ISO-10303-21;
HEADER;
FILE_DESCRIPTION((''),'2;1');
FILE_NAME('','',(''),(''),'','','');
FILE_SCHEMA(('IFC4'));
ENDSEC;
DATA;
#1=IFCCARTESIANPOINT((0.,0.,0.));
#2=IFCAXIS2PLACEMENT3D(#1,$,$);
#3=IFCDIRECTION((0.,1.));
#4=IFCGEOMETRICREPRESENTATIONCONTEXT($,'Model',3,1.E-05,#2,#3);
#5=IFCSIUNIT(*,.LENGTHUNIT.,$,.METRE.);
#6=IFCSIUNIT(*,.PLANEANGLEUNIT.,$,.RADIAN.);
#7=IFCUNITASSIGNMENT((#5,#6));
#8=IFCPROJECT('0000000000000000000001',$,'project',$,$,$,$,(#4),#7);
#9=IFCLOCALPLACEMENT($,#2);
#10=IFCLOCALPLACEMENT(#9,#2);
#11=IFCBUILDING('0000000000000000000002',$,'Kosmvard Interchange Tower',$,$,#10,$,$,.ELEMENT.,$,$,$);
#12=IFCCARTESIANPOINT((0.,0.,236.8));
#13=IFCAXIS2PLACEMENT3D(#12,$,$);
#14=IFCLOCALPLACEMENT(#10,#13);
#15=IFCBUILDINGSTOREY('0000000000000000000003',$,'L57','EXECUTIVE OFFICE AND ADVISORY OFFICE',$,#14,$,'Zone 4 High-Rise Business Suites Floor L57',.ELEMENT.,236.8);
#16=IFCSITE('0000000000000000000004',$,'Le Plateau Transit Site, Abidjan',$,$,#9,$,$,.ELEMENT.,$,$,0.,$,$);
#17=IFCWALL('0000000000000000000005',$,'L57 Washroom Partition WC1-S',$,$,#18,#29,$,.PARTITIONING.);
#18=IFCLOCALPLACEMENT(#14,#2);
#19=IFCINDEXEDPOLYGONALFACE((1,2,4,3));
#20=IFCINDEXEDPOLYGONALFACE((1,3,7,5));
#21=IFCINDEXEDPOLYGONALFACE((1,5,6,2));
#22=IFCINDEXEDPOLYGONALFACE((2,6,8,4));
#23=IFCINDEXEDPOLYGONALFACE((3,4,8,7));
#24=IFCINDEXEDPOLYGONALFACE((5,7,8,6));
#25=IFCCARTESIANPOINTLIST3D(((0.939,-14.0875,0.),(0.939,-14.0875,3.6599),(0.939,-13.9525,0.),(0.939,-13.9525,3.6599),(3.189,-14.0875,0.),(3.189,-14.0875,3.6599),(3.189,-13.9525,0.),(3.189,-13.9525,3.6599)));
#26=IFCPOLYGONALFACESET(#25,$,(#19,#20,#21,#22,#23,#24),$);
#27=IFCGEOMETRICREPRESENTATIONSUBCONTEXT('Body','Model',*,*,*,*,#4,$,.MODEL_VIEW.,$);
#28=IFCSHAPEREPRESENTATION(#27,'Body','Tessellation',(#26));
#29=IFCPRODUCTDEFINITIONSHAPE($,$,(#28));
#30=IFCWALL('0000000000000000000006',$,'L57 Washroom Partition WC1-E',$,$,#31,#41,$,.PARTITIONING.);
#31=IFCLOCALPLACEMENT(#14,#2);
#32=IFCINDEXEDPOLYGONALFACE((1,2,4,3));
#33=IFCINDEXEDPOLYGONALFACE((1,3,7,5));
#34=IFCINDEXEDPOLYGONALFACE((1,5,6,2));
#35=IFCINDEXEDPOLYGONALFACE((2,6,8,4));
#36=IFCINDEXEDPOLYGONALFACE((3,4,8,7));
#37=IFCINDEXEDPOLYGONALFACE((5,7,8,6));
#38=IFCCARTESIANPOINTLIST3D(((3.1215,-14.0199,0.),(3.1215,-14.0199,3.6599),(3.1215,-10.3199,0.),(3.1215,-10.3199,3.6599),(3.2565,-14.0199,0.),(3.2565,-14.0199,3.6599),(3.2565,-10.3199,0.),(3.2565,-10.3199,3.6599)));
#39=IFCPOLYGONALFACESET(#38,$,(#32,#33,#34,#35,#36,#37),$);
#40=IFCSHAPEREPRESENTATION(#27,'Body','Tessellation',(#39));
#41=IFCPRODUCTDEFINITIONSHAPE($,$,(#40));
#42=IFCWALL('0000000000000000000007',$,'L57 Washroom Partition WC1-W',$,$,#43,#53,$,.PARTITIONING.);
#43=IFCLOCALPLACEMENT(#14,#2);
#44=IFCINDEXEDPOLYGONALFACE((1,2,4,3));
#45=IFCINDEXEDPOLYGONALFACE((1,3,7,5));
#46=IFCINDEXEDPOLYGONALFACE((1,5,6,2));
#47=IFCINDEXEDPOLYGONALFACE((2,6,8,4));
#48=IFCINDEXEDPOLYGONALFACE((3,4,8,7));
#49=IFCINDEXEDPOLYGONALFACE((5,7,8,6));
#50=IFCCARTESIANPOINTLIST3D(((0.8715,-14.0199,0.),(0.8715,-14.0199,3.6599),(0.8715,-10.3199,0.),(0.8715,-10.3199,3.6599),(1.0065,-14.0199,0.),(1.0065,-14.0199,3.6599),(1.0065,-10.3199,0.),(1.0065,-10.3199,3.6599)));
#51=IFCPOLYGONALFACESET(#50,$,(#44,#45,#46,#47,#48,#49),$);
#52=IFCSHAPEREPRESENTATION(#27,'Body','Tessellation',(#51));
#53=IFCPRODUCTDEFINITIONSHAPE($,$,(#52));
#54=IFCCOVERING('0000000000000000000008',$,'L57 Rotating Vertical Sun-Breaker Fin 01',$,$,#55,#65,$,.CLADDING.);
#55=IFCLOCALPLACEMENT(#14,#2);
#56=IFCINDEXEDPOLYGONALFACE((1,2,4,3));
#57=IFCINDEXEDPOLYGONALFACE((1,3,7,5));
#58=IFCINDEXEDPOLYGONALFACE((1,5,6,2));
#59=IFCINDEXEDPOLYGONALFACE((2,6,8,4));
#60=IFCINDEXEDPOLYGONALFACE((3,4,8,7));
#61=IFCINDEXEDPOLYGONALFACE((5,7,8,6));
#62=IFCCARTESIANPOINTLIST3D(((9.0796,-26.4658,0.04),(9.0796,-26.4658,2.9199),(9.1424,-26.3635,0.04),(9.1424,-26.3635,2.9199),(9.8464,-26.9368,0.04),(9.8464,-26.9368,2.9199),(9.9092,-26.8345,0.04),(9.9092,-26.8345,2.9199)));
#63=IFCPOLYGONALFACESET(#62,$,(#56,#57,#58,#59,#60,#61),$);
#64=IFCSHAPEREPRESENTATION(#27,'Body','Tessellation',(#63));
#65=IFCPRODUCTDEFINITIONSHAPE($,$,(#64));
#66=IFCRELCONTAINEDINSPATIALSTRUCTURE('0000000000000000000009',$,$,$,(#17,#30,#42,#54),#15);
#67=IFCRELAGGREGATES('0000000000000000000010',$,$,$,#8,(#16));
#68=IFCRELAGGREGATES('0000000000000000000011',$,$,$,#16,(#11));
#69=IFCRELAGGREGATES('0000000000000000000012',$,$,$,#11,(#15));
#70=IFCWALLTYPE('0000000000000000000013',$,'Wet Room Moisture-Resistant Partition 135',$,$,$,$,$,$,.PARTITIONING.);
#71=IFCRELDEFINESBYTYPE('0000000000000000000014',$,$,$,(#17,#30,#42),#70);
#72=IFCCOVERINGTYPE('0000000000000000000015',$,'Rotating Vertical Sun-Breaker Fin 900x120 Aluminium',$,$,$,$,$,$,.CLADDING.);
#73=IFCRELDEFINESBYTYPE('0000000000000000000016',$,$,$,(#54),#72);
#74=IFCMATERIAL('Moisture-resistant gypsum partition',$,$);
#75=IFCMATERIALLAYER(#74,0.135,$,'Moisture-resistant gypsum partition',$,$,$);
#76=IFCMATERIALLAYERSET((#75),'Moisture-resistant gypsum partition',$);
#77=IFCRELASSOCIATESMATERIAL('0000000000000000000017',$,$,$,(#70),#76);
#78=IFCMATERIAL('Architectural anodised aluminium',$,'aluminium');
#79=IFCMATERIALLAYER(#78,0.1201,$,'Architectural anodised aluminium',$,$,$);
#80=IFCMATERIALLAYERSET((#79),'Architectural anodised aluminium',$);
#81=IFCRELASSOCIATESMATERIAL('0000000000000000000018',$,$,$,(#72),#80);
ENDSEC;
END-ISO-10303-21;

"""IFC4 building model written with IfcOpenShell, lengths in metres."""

from ifc_helpers import new_model, si_unit, direction, frame, frame_2d, origin, origin_2d, place, context, subcontext, project, spatial, rectangle, extrude, source, transform, mapped, material, layer, layer_set, type_object, element, save


model = new_model("IFC4")

# Units and contexts
model_context = context("Model", 3, precision=1e-05, world=origin(), true_north=direction((0.0, 1.0)))
body_context = subcontext(model_context, "Body", "Model", "MODEL_VIEW")
ifc_project = project(units=[si_unit("LENGTHUNIT", "METRE"), si_unit("PLANEANGLEUNIT", "RADIAN")], contexts=[model_context])

# Site, building, storey
site_placement = place(None, origin())
site = spatial("IfcSite", under=ifc_project, at=site_placement, Name="Le Plateau Transit Site, Abidjan", CompositionType="ELEMENT", RefElevation=0.0)
building_placement = place(site_placement, origin())
building = spatial("IfcBuilding", under=site, at=building_placement, Name="Kosmvard Interchange Tower", CompositionType="ELEMENT")
storey_placement = place(building_placement, frame((0.0, 0.0, 236.8)))
storey = spatial("IfcBuildingStorey", under=building, at=storey_placement, Name="L57", Description="EXECUTIVE OFFICE AND ADVISORY OFFICE", LongName="Zone 4 High-Rise Business Suites Floor L57", CompositionType="ELEMENT", Elevation=236.8)

# Walls
ifc_material_1 = material(Name="Moisture-resistant gypsum partition")
ifc_layer_1 = layer(ifc_material_1, 0.135, Name="Moisture-resistant gypsum partition")
ifc_layer_set_1 = layer_set([ifc_layer_1], Name="Moisture-resistant gypsum partition")
wall_type_1 = type_object("IfcWallType", Name="Wet Room Moisture-Resistant Partition 135", PredefinedType="PARTITIONING", material=ifc_layer_set_1)
wall_1_placement = place(storey_placement, frame((0.939, -14.02, 0.0), z_axis=(0.0, 0.0, 1.0), x_axis=(1.0, 0.0, 0.0)))
element("IfcWall", 1, at=wall_1_placement, inside=storey, type_object=wall_type_1, Name="L57 Washroom Partition WC1-S", PredefinedType="PARTITIONING", context=body_context, shape_type="SweptSolid", body=[
    extrude(rectangle(XDim=2.25, YDim=0.135, at=frame_2d((1.125, 0.0))), origin(), (0.0, 0.0, 1.0), 3.6599),
])
for number, where, z_axis, x_axis, name in (
    (2, (3.189, -14.02, 0.0), (0.0, 0.0, 1.0), (0.0, 1.0, 0.0), "L57 Washroom Partition WC1-E"),
    (3, (0.939, -14.02, 0.0), (0.0, 0.0, 1.0), (0.0, 1.0, 0.0), "L57 Washroom Partition WC1-W"),
):
    element("IfcWall", number, at=place(storey_placement, frame(where, z_axis=z_axis, x_axis=x_axis)), inside=storey, type_object=wall_type_1, Name=name, PredefinedType="PARTITIONING", context=body_context, shape_type="SweptSolid", body=[
        extrude(rectangle(XDim=3.7, YDim=0.135, at=frame_2d((1.8501, 0.0))), origin(), (0.0, 0.0, 1.0), 3.6599),
    ])

# Covering
ifc_material_2 = material(Name="Architectural anodised aluminium", Category="aluminium")
ifc_layer_2 = layer(ifc_material_2, 0.1201, Name="Architectural anodised aluminium")
ifc_layer_set_2 = layer_set([ifc_layer_2], Name="Architectural anodised aluminium")
covering_type = type_object("IfcCoveringType", Name="Rotating Vertical Sun-Breaker Fin 900x120 Aluminium", PredefinedType="CLADDING", material=ifc_layer_set_2)
shared_shape_1 = source(origin(), body_context, "Body", "SweptSolid", [
    extrude(rectangle(XDim=0.8999, YDim=0.1201, at=origin_2d()), origin(), (0.0, 0.0, 1.0), 2.8799),
])
covering_placement = place(storey_placement, frame((9.4944, -26.6501, 0.04), z_axis=(0.0, 0.0, 1.0), x_axis=(0.852093, -0.523391, 0.0)))
element("IfcCovering", 4, at=covering_placement, inside=storey, type_object=covering_type, Name="L57 Rotating Vertical Sun-Breaker Fin 01", PredefinedType="CLADDING", context=body_context, shape_type="MappedRepresentation", body=[
    mapped(shared_shape_1, transform((0.0, 0.0, 0.0), scale=1.0)),
])

save(model, "model.ifc")
